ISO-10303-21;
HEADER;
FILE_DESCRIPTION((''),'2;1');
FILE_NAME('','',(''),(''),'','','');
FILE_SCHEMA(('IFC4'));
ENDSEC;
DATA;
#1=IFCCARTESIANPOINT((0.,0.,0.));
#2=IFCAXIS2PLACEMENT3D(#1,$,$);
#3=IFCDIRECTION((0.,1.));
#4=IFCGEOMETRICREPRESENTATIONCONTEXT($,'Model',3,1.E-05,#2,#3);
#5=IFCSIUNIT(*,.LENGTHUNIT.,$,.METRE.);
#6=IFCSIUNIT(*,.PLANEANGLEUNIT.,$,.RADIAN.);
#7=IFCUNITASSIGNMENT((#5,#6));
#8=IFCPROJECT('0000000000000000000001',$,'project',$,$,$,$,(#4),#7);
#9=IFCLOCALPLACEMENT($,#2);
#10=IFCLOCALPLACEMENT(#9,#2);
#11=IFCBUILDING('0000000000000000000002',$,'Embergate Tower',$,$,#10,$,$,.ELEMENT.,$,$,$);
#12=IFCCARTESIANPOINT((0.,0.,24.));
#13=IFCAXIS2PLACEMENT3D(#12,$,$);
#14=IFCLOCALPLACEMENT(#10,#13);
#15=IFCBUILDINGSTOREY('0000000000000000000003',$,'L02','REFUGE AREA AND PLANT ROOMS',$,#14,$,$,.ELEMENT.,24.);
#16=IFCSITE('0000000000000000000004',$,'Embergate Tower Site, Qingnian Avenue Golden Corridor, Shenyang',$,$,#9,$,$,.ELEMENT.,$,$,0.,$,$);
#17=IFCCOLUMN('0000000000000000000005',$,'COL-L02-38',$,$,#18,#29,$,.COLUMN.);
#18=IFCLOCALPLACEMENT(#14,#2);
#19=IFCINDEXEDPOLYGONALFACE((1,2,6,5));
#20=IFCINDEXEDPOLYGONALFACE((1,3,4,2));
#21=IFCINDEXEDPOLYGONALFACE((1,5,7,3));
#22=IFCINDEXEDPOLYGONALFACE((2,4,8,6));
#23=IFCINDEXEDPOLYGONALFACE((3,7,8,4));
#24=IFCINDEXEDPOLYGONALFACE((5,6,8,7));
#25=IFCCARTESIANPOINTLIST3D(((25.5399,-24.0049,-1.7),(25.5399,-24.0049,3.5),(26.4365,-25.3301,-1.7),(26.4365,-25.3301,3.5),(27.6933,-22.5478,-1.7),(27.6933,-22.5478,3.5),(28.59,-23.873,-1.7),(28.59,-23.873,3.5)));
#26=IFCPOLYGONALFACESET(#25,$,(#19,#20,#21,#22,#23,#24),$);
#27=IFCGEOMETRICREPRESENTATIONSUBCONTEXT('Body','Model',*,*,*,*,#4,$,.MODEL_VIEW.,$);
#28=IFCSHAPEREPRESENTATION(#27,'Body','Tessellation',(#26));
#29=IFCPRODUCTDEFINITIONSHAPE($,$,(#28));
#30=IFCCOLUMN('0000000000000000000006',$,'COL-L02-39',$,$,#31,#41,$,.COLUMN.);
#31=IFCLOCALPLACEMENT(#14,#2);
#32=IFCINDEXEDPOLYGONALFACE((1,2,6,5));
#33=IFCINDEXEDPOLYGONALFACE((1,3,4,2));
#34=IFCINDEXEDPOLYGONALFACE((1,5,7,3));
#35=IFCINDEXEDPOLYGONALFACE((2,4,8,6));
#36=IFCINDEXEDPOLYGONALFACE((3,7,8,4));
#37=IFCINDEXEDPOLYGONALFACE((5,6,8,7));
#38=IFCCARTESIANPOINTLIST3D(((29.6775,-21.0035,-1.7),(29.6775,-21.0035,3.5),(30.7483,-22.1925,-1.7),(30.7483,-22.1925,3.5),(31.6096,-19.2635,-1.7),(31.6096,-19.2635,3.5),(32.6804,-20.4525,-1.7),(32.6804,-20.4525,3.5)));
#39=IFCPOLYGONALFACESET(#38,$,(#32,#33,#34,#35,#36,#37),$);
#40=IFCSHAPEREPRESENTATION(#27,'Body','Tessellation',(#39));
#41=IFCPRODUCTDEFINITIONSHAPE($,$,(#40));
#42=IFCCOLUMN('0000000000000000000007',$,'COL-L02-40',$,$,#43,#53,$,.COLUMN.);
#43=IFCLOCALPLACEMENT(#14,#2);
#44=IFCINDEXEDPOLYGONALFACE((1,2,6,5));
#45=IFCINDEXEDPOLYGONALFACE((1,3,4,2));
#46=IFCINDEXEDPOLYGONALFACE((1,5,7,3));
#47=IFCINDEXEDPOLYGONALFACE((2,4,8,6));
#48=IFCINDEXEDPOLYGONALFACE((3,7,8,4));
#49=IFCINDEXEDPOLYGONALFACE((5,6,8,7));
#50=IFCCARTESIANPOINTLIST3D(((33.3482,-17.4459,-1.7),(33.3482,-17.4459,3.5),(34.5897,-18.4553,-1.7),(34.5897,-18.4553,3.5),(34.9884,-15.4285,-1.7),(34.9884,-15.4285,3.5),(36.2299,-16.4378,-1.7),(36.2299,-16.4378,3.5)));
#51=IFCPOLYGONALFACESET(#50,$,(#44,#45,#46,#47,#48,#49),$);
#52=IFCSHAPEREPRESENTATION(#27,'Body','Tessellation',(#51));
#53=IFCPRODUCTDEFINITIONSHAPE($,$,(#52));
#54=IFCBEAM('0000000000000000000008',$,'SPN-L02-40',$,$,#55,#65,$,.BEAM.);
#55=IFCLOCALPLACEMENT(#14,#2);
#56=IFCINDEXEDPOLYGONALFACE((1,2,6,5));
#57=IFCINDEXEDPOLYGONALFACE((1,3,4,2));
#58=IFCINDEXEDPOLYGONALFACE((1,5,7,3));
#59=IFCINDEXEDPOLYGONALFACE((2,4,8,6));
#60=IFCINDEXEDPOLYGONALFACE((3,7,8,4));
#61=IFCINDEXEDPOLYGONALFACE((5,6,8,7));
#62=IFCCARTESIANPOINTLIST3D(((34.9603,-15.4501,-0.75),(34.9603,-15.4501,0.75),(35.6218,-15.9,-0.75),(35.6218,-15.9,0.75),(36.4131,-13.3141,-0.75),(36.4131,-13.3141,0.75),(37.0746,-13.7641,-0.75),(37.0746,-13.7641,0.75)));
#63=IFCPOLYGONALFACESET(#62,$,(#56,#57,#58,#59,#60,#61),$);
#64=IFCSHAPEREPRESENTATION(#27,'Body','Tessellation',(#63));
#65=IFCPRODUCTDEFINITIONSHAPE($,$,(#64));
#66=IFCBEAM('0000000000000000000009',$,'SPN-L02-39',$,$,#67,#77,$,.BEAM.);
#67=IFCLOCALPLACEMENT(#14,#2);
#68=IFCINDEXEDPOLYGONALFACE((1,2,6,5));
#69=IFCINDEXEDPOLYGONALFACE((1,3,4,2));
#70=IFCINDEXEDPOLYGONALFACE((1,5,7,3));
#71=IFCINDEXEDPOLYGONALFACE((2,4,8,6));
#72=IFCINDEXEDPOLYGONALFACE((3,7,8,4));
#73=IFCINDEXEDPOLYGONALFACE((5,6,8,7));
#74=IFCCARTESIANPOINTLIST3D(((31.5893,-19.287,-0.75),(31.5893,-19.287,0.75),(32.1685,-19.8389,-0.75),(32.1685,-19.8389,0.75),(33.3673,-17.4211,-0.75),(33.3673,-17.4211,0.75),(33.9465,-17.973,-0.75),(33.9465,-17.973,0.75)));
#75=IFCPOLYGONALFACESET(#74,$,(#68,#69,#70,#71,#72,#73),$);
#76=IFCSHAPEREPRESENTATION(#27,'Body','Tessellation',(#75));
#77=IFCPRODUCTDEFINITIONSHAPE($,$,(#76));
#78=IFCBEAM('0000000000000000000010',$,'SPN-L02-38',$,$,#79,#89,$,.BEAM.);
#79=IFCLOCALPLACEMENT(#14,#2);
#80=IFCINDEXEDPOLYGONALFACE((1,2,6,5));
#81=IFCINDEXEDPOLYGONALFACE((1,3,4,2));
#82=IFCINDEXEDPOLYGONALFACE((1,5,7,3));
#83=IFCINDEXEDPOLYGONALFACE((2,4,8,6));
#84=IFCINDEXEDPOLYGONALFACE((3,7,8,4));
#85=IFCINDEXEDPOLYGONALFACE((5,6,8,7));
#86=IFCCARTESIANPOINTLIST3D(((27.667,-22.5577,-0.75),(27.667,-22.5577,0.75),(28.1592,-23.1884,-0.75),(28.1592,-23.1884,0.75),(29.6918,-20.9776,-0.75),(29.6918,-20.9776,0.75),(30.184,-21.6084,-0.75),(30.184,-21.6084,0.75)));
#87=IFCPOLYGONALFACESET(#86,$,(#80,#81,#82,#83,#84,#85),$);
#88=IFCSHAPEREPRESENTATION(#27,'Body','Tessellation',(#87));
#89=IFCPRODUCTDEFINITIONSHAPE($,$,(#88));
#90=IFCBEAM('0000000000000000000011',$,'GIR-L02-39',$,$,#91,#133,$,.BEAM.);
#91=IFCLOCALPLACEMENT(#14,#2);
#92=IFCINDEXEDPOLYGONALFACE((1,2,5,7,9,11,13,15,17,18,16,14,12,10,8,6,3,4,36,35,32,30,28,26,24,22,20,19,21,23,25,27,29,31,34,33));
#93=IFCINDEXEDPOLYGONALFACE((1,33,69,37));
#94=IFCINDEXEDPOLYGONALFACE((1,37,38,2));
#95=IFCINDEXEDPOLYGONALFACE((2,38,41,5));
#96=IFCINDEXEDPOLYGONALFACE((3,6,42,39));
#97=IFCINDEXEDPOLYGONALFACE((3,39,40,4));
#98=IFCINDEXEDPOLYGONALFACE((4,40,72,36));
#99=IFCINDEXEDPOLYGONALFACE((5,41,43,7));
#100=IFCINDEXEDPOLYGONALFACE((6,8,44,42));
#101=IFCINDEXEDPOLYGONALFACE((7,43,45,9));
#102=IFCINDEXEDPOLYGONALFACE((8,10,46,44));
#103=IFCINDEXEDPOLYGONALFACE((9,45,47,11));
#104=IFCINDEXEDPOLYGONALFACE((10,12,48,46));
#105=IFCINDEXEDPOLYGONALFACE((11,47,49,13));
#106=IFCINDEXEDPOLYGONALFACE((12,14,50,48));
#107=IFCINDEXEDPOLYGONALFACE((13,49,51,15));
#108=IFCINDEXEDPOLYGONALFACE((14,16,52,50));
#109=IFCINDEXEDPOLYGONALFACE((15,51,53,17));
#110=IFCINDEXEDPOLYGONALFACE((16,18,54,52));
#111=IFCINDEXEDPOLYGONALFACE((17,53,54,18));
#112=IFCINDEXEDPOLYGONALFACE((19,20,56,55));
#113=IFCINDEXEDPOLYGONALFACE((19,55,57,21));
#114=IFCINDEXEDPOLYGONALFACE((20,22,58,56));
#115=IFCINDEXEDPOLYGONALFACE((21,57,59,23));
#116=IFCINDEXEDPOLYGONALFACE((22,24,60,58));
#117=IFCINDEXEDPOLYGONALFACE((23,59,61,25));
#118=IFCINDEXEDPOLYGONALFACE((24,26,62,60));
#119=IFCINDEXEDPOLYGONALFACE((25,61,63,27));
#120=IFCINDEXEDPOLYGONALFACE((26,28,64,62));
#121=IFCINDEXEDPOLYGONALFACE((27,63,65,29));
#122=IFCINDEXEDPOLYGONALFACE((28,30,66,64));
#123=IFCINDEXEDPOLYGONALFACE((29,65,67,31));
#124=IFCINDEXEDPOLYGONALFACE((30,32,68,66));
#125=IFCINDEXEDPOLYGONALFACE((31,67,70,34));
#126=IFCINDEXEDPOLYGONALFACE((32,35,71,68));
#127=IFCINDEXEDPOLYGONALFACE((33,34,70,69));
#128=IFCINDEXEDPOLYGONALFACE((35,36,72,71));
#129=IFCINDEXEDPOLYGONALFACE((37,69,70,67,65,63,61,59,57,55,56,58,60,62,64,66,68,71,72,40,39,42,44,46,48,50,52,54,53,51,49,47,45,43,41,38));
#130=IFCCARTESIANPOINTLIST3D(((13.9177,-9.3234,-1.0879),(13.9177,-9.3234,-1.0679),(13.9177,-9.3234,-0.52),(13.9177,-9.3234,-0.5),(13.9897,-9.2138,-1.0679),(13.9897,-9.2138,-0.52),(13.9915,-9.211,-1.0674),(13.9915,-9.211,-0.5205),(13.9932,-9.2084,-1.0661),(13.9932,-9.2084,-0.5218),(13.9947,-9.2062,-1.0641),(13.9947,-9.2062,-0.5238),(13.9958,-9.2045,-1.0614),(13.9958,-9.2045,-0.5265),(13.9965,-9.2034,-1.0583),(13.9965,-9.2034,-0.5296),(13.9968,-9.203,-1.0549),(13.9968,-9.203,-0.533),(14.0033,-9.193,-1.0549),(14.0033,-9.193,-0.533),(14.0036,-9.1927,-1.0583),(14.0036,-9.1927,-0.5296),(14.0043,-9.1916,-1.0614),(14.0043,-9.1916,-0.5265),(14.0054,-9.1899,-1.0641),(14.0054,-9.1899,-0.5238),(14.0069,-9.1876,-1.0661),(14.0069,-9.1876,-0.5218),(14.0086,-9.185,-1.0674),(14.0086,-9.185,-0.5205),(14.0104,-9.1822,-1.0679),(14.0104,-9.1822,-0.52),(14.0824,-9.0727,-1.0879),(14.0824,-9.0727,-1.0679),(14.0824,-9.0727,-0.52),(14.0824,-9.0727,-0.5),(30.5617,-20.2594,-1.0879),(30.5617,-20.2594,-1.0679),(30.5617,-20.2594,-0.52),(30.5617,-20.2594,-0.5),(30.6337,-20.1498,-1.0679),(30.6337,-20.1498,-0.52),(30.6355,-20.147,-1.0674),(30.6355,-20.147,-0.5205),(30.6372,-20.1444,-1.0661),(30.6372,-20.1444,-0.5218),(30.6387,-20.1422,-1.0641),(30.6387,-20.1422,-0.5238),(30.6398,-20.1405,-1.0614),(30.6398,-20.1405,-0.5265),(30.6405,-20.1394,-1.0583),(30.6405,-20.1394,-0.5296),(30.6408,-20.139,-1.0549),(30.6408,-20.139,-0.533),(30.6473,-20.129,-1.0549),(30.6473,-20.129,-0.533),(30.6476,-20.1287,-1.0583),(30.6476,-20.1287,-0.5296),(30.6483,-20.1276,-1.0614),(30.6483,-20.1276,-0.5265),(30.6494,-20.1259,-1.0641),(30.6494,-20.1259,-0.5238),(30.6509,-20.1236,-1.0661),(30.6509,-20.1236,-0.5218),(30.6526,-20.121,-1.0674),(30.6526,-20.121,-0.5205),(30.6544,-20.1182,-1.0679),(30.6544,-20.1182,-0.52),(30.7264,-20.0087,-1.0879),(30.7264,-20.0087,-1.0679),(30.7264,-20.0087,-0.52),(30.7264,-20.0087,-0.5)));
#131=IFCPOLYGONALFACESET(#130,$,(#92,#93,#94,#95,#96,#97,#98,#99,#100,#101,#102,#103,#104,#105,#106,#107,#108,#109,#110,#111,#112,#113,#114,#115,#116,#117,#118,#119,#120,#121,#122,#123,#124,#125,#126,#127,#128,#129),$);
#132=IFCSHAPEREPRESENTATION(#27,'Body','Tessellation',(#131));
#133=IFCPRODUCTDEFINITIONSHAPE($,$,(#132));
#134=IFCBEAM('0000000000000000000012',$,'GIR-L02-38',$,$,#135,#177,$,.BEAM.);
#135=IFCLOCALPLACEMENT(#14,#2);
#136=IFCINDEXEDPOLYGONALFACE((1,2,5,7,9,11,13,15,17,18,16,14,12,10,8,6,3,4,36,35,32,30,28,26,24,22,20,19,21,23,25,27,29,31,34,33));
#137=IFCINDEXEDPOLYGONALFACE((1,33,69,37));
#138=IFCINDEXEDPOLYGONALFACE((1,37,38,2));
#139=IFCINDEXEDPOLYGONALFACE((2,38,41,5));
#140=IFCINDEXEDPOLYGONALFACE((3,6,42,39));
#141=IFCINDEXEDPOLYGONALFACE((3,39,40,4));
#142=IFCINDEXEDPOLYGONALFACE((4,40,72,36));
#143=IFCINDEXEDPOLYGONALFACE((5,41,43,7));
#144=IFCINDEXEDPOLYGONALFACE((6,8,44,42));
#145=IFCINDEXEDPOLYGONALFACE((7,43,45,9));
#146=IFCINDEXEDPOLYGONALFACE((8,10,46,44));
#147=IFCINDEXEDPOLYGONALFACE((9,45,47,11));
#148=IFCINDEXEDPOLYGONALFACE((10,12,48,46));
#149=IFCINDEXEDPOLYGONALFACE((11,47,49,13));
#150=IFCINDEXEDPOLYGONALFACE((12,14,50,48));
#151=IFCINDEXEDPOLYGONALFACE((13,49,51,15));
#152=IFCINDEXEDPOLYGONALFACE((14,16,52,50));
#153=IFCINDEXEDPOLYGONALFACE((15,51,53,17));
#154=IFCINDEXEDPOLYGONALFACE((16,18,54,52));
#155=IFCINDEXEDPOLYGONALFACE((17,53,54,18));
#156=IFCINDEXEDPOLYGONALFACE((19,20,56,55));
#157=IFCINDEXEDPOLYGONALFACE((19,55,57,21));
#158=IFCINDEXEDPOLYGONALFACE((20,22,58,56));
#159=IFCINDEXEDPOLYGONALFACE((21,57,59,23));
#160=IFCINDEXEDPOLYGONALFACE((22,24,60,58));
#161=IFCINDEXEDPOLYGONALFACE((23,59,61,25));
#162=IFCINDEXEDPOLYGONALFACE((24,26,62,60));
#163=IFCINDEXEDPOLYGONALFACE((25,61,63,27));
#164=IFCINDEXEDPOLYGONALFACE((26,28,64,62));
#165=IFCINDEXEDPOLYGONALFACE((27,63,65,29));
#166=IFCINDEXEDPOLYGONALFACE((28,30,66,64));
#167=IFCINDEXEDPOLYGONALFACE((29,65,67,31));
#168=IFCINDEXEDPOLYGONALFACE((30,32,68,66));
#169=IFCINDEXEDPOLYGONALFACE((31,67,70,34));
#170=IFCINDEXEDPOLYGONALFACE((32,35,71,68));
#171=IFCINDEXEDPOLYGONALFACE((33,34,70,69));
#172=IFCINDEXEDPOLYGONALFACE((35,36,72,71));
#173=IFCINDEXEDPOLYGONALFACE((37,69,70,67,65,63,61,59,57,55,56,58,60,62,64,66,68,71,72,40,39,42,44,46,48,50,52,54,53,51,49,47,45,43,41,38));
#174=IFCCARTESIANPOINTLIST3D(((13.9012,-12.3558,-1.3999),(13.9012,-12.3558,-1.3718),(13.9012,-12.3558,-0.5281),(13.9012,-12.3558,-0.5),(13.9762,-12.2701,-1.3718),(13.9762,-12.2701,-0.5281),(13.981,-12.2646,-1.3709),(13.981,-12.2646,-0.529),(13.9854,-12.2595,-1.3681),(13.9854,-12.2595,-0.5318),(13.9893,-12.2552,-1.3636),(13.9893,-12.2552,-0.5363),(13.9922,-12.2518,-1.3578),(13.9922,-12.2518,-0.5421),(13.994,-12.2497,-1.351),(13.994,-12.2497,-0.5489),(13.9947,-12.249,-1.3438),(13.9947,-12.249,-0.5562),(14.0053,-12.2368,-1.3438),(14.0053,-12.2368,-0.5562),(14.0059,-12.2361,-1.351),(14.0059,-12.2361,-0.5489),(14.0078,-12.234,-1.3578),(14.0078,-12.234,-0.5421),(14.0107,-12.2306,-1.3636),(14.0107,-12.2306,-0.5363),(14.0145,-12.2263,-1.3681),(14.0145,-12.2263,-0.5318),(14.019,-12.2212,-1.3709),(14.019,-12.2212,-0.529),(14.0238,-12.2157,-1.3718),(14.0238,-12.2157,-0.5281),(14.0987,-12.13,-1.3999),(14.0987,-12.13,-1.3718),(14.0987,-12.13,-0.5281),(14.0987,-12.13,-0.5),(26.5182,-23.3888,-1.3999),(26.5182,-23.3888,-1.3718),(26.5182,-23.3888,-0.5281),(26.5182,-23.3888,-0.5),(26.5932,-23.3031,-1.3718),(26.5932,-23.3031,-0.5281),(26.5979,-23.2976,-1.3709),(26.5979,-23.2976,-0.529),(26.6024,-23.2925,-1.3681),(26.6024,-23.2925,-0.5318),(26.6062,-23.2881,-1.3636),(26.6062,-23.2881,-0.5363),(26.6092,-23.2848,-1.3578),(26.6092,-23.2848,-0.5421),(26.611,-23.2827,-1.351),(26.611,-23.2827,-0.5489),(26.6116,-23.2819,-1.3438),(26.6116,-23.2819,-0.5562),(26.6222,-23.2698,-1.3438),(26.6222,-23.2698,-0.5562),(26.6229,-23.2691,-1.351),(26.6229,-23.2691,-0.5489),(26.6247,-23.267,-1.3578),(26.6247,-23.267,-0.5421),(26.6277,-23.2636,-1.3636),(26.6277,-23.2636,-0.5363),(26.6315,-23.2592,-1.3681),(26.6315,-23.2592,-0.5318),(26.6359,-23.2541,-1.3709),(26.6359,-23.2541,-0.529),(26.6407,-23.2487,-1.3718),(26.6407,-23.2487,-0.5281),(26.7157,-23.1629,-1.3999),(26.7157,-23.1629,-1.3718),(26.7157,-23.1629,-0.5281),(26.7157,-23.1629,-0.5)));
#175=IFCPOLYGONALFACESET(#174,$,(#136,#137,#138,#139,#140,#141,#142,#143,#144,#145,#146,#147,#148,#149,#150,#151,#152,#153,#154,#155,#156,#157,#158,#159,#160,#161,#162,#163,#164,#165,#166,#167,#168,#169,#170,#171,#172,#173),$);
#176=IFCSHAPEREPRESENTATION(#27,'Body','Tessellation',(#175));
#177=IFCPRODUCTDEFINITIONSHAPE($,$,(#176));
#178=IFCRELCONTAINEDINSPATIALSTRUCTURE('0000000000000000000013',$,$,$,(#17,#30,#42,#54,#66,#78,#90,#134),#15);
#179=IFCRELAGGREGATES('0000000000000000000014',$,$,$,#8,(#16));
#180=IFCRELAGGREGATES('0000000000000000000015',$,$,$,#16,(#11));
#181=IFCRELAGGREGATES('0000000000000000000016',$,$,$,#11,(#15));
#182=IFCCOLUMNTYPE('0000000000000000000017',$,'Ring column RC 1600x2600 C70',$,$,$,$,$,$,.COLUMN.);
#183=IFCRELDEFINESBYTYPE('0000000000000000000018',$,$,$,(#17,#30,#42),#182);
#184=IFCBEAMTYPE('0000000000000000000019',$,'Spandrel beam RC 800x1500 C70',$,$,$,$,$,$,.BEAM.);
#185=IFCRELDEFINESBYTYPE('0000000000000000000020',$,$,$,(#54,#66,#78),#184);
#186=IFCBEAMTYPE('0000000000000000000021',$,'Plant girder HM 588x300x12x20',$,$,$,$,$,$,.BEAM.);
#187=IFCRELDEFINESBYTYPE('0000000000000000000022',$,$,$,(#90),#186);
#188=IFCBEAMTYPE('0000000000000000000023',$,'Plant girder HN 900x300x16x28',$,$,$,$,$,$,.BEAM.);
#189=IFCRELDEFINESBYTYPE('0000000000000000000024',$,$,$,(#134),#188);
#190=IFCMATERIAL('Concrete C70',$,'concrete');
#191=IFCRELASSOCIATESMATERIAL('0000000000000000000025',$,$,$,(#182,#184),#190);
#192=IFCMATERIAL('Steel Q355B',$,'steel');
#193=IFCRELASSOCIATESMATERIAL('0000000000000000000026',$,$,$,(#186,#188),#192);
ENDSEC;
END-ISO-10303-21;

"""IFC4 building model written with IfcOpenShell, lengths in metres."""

from ifc_helpers import new_model, si_unit, direction, frame, origin, origin_2d, place, context, subcontext, project, spatial, rectangle, i_section, extrude, source, transform, mapped, material, material_profile, profile_set, type_object, element, save


model = new_model("IFC4")

# Units and contexts
model_context = context("Model", 3, precision=1e-05, world=origin(), true_north=direction((0.0, 1.0)))
body_context = subcontext(model_context, "Body", "Model", "MODEL_VIEW")
ifc_project = project(units=[si_unit("LENGTHUNIT", "METRE"), si_unit("PLANEANGLEUNIT", "RADIAN")], contexts=[model_context])

# Site, building, storey
site_placement = place(None, origin())
site = spatial("IfcSite", under=ifc_project, at=site_placement, Name="Embergate Tower Site, Qingnian Avenue Golden Corridor, Shenyang", CompositionType="ELEMENT", RefElevation=0.0)
building_placement = place(site_placement, origin())
building = spatial("IfcBuilding", under=site, at=building_placement, Name="Embergate Tower", CompositionType="ELEMENT")
storey_placement = place(building_placement, frame((0.0, 0.0, 24.0)))
storey = spatial("IfcBuildingStorey", under=building, at=storey_placement, Name="L02", Description="REFUGE AREA AND PLANT ROOMS", CompositionType="ELEMENT", Elevation=24.0)

# Columns
ifc_material_1 = material(Name="Concrete C70", Category="concrete")
ifc_material_profile_1 = material_profile(ifc_material_1, rectangle(XDim=1.6001, YDim=2.6001, at=origin_2d()), Name="RC 1600x2600")
ifc_profile_set_1 = profile_set([ifc_material_profile_1], Name="Concrete C70")
column_type = type_object("IfcColumnType", Name="Ring column RC 1600x2600 C70", PredefinedType="COLUMN", material=ifc_profile_set_1)
shared_shape_1 = source(origin(), body_context, "Body", "SweptSolid", [
    extrude(rectangle(XDim=1.6001, YDim=2.6001, at=origin_2d()), origin(), (0.0, 0.0, 1.0), 5.2),
])
for number, where, z_axis, x_axis, name in (
    (1, (27.0649, -23.939, -1.7), (0.0, 0.0, 1.0), (0.560393, -0.828227, 0.0), "COL-L02-38"),
    (2, (31.179, -20.728, -1.7), (0.0, 0.0, 1.0), (0.669208, -0.743075, 0.0), "COL-L02-39"),
    (3, (34.7891, -16.9419, -1.7), (0.0, 0.0, 1.0), (0.775925, -0.630825, 0.0), "COL-L02-40"),
):
    element("IfcColumn", number, at=place(storey_placement, frame(where, z_axis=z_axis, x_axis=x_axis)), inside=storey, type_object=column_type, Name=name, PredefinedType="COLUMN", context=body_context, shape_type="MappedRepresentation", body=[
        mapped(shared_shape_1, transform((0.0, 0.0, 0.0))),
    ])

# Beams
ifc_material_profile_2 = material_profile(ifc_material_1, rectangle(XDim=0.8, YDim=1.5, at=origin_2d()), Name="RC 800x1500")
ifc_profile_set_2 = profile_set([ifc_material_profile_2], Name="Concrete C70")
beam_type_1 = type_object("IfcBeamType", Name="Spandrel beam RC 800x1500 C70", PredefinedType="BEAM", material=ifc_profile_set_2)
shared_shape_2 = source(origin(), body_context, "Body", "SweptSolid", [
    extrude(rectangle(XDim=0.8, YDim=1.5, at=origin_2d()), origin(), (0.0, 0.0, 1.0), 2.5833),
])
beam_1_placement = place(storey_placement, frame((35.291, -15.675, 0.0), z_axis=(0.562419, 0.826853, 0.0), x_axis=(-0.826853, 0.562419, 0.0)))
element("IfcBeam", 4, at=beam_1_placement, inside=storey, type_object=beam_type_1, Name="SPN-L02-40", PredefinedType="BEAM", context=body_context, shape_type="MappedRepresentation", body=[
    mapped(shared_shape_2, transform((0.0, 0.0, 0.0))),
])
shared_shape_3 = source(origin(), body_context, "Body", "SweptSolid", [
    extrude(rectangle(XDim=0.8, YDim=1.5, at=origin_2d()), origin(), (0.0, 0.0, 1.0), 2.5774),
])
beam_2_placement = place(storey_placement, frame((31.8789, -19.563, 0.0), z_axis=(0.689851, 0.723951, 0.0), x_axis=(-0.723951, 0.689851, 0.0)))
element("IfcBeam", 5, at=beam_2_placement, inside=storey, type_object=beam_type_1, Name="SPN-L02-39", PredefinedType="BEAM", context=body_context, shape_type="MappedRepresentation", body=[
    mapped(shared_shape_3, transform((0.0, 0.0, 0.0))),
])
shared_shape_4 = source(origin(), body_context, "Body", "SweptSolid", [
    extrude(rectangle(XDim=0.8, YDim=1.5, at=origin_2d()), origin(), (0.0, 0.0, 1.0), 2.5684),
])
beam_3_placement = place(storey_placement, frame((27.9131, -22.873, 0.0), z_axis=(0.788379, 0.61519, 0.0), x_axis=(-0.61519, 0.788379, 0.0)))
element("IfcBeam", 6, at=beam_3_placement, inside=storey, type_object=beam_type_1, Name="SPN-L02-38", PredefinedType="BEAM", context=body_context, shape_type="MappedRepresentation", body=[
    mapped(shared_shape_4, transform((0.0, 0.0, 0.0))),
])
ifc_material_2 = material(Name="Steel Q355B", Category="steel")
ifc_material_profile_3 = material_profile(ifc_material_2, i_section(OverallWidth=0.3, OverallDepth=0.5879, WebThickness=0.012, FlangeThickness=0.02, FilletRadius=0.0129, at=origin_2d()), Name="HM 588x300x12x20")
ifc_profile_set_3 = profile_set([ifc_material_profile_3], Name="Steel Q355 grade B")
beam_type_2 = type_object("IfcBeamType", Name="Plant girder HM 588x300x12x20", PredefinedType="BEAM", material=ifc_profile_set_3)
shared_shape_5 = source(origin(), body_context, "Body", "SweptSolid", [
    extrude(i_section(OverallWidth=0.3, OverallDepth=0.5879, WebThickness=0.012, FlangeThickness=0.02, FilletRadius=0.0129, at=origin_2d()), origin(), (0.0, 0.0, 1.0), 19.9153),
])
beam_4_placement = place(storey_placement, frame((30.644, -20.134, -0.7939), z_axis=(-0.83574, 0.549126, 0.0), x_axis=(-0.549126, -0.83574, 0.0)))
element("IfcBeam", 7, at=beam_4_placement, inside=storey, type_object=beam_type_2, Name="GIR-L02-39", PredefinedType="BEAM", context=body_context, shape_type="MappedRepresentation", body=[
    mapped(shared_shape_5, transform((0.0, 0.0, 0.0))),
])
ifc_material_profile_4 = material_profile(ifc_material_2, i_section(OverallWidth=0.3, OverallDepth=0.8999, WebThickness=0.0161, FlangeThickness=0.0281, FilletRadius=0.0281, at=origin_2d()), Name="HN 900x300x16x28")
ifc_profile_set_4 = profile_set([ifc_material_profile_4], Name="Steel Q355 grade B")
beam_type_3 = type_object("IfcBeamType", Name="Plant girder HN 900x300x16x28", PredefinedType="BEAM", material=ifc_profile_set_4)
shared_shape_6 = source(origin(), body_context, "Body", "SweptSolid", [
    extrude(i_section(OverallWidth=0.3, OverallDepth=0.8999, WebThickness=0.0161, FlangeThickness=0.0281, FilletRadius=0.0281, at=origin_2d()), origin(), (0.0, 0.0, 1.0), 16.7605),
])
beam_5_placement = place(storey_placement, frame((26.6169, -23.2759, -0.95), z_axis=(-0.75278, 0.658273, 0.0), x_axis=(-0.658273, -0.75278, 0.0)))
element("IfcBeam", 8, at=beam_5_placement, inside=storey, type_object=beam_type_3, Name="GIR-L02-38", PredefinedType="BEAM", context=body_context, shape_type="MappedRepresentation", body=[
    mapped(shared_shape_6, transform((0.0, 0.0, 0.0))),
])

save(model, "model.ifc")
